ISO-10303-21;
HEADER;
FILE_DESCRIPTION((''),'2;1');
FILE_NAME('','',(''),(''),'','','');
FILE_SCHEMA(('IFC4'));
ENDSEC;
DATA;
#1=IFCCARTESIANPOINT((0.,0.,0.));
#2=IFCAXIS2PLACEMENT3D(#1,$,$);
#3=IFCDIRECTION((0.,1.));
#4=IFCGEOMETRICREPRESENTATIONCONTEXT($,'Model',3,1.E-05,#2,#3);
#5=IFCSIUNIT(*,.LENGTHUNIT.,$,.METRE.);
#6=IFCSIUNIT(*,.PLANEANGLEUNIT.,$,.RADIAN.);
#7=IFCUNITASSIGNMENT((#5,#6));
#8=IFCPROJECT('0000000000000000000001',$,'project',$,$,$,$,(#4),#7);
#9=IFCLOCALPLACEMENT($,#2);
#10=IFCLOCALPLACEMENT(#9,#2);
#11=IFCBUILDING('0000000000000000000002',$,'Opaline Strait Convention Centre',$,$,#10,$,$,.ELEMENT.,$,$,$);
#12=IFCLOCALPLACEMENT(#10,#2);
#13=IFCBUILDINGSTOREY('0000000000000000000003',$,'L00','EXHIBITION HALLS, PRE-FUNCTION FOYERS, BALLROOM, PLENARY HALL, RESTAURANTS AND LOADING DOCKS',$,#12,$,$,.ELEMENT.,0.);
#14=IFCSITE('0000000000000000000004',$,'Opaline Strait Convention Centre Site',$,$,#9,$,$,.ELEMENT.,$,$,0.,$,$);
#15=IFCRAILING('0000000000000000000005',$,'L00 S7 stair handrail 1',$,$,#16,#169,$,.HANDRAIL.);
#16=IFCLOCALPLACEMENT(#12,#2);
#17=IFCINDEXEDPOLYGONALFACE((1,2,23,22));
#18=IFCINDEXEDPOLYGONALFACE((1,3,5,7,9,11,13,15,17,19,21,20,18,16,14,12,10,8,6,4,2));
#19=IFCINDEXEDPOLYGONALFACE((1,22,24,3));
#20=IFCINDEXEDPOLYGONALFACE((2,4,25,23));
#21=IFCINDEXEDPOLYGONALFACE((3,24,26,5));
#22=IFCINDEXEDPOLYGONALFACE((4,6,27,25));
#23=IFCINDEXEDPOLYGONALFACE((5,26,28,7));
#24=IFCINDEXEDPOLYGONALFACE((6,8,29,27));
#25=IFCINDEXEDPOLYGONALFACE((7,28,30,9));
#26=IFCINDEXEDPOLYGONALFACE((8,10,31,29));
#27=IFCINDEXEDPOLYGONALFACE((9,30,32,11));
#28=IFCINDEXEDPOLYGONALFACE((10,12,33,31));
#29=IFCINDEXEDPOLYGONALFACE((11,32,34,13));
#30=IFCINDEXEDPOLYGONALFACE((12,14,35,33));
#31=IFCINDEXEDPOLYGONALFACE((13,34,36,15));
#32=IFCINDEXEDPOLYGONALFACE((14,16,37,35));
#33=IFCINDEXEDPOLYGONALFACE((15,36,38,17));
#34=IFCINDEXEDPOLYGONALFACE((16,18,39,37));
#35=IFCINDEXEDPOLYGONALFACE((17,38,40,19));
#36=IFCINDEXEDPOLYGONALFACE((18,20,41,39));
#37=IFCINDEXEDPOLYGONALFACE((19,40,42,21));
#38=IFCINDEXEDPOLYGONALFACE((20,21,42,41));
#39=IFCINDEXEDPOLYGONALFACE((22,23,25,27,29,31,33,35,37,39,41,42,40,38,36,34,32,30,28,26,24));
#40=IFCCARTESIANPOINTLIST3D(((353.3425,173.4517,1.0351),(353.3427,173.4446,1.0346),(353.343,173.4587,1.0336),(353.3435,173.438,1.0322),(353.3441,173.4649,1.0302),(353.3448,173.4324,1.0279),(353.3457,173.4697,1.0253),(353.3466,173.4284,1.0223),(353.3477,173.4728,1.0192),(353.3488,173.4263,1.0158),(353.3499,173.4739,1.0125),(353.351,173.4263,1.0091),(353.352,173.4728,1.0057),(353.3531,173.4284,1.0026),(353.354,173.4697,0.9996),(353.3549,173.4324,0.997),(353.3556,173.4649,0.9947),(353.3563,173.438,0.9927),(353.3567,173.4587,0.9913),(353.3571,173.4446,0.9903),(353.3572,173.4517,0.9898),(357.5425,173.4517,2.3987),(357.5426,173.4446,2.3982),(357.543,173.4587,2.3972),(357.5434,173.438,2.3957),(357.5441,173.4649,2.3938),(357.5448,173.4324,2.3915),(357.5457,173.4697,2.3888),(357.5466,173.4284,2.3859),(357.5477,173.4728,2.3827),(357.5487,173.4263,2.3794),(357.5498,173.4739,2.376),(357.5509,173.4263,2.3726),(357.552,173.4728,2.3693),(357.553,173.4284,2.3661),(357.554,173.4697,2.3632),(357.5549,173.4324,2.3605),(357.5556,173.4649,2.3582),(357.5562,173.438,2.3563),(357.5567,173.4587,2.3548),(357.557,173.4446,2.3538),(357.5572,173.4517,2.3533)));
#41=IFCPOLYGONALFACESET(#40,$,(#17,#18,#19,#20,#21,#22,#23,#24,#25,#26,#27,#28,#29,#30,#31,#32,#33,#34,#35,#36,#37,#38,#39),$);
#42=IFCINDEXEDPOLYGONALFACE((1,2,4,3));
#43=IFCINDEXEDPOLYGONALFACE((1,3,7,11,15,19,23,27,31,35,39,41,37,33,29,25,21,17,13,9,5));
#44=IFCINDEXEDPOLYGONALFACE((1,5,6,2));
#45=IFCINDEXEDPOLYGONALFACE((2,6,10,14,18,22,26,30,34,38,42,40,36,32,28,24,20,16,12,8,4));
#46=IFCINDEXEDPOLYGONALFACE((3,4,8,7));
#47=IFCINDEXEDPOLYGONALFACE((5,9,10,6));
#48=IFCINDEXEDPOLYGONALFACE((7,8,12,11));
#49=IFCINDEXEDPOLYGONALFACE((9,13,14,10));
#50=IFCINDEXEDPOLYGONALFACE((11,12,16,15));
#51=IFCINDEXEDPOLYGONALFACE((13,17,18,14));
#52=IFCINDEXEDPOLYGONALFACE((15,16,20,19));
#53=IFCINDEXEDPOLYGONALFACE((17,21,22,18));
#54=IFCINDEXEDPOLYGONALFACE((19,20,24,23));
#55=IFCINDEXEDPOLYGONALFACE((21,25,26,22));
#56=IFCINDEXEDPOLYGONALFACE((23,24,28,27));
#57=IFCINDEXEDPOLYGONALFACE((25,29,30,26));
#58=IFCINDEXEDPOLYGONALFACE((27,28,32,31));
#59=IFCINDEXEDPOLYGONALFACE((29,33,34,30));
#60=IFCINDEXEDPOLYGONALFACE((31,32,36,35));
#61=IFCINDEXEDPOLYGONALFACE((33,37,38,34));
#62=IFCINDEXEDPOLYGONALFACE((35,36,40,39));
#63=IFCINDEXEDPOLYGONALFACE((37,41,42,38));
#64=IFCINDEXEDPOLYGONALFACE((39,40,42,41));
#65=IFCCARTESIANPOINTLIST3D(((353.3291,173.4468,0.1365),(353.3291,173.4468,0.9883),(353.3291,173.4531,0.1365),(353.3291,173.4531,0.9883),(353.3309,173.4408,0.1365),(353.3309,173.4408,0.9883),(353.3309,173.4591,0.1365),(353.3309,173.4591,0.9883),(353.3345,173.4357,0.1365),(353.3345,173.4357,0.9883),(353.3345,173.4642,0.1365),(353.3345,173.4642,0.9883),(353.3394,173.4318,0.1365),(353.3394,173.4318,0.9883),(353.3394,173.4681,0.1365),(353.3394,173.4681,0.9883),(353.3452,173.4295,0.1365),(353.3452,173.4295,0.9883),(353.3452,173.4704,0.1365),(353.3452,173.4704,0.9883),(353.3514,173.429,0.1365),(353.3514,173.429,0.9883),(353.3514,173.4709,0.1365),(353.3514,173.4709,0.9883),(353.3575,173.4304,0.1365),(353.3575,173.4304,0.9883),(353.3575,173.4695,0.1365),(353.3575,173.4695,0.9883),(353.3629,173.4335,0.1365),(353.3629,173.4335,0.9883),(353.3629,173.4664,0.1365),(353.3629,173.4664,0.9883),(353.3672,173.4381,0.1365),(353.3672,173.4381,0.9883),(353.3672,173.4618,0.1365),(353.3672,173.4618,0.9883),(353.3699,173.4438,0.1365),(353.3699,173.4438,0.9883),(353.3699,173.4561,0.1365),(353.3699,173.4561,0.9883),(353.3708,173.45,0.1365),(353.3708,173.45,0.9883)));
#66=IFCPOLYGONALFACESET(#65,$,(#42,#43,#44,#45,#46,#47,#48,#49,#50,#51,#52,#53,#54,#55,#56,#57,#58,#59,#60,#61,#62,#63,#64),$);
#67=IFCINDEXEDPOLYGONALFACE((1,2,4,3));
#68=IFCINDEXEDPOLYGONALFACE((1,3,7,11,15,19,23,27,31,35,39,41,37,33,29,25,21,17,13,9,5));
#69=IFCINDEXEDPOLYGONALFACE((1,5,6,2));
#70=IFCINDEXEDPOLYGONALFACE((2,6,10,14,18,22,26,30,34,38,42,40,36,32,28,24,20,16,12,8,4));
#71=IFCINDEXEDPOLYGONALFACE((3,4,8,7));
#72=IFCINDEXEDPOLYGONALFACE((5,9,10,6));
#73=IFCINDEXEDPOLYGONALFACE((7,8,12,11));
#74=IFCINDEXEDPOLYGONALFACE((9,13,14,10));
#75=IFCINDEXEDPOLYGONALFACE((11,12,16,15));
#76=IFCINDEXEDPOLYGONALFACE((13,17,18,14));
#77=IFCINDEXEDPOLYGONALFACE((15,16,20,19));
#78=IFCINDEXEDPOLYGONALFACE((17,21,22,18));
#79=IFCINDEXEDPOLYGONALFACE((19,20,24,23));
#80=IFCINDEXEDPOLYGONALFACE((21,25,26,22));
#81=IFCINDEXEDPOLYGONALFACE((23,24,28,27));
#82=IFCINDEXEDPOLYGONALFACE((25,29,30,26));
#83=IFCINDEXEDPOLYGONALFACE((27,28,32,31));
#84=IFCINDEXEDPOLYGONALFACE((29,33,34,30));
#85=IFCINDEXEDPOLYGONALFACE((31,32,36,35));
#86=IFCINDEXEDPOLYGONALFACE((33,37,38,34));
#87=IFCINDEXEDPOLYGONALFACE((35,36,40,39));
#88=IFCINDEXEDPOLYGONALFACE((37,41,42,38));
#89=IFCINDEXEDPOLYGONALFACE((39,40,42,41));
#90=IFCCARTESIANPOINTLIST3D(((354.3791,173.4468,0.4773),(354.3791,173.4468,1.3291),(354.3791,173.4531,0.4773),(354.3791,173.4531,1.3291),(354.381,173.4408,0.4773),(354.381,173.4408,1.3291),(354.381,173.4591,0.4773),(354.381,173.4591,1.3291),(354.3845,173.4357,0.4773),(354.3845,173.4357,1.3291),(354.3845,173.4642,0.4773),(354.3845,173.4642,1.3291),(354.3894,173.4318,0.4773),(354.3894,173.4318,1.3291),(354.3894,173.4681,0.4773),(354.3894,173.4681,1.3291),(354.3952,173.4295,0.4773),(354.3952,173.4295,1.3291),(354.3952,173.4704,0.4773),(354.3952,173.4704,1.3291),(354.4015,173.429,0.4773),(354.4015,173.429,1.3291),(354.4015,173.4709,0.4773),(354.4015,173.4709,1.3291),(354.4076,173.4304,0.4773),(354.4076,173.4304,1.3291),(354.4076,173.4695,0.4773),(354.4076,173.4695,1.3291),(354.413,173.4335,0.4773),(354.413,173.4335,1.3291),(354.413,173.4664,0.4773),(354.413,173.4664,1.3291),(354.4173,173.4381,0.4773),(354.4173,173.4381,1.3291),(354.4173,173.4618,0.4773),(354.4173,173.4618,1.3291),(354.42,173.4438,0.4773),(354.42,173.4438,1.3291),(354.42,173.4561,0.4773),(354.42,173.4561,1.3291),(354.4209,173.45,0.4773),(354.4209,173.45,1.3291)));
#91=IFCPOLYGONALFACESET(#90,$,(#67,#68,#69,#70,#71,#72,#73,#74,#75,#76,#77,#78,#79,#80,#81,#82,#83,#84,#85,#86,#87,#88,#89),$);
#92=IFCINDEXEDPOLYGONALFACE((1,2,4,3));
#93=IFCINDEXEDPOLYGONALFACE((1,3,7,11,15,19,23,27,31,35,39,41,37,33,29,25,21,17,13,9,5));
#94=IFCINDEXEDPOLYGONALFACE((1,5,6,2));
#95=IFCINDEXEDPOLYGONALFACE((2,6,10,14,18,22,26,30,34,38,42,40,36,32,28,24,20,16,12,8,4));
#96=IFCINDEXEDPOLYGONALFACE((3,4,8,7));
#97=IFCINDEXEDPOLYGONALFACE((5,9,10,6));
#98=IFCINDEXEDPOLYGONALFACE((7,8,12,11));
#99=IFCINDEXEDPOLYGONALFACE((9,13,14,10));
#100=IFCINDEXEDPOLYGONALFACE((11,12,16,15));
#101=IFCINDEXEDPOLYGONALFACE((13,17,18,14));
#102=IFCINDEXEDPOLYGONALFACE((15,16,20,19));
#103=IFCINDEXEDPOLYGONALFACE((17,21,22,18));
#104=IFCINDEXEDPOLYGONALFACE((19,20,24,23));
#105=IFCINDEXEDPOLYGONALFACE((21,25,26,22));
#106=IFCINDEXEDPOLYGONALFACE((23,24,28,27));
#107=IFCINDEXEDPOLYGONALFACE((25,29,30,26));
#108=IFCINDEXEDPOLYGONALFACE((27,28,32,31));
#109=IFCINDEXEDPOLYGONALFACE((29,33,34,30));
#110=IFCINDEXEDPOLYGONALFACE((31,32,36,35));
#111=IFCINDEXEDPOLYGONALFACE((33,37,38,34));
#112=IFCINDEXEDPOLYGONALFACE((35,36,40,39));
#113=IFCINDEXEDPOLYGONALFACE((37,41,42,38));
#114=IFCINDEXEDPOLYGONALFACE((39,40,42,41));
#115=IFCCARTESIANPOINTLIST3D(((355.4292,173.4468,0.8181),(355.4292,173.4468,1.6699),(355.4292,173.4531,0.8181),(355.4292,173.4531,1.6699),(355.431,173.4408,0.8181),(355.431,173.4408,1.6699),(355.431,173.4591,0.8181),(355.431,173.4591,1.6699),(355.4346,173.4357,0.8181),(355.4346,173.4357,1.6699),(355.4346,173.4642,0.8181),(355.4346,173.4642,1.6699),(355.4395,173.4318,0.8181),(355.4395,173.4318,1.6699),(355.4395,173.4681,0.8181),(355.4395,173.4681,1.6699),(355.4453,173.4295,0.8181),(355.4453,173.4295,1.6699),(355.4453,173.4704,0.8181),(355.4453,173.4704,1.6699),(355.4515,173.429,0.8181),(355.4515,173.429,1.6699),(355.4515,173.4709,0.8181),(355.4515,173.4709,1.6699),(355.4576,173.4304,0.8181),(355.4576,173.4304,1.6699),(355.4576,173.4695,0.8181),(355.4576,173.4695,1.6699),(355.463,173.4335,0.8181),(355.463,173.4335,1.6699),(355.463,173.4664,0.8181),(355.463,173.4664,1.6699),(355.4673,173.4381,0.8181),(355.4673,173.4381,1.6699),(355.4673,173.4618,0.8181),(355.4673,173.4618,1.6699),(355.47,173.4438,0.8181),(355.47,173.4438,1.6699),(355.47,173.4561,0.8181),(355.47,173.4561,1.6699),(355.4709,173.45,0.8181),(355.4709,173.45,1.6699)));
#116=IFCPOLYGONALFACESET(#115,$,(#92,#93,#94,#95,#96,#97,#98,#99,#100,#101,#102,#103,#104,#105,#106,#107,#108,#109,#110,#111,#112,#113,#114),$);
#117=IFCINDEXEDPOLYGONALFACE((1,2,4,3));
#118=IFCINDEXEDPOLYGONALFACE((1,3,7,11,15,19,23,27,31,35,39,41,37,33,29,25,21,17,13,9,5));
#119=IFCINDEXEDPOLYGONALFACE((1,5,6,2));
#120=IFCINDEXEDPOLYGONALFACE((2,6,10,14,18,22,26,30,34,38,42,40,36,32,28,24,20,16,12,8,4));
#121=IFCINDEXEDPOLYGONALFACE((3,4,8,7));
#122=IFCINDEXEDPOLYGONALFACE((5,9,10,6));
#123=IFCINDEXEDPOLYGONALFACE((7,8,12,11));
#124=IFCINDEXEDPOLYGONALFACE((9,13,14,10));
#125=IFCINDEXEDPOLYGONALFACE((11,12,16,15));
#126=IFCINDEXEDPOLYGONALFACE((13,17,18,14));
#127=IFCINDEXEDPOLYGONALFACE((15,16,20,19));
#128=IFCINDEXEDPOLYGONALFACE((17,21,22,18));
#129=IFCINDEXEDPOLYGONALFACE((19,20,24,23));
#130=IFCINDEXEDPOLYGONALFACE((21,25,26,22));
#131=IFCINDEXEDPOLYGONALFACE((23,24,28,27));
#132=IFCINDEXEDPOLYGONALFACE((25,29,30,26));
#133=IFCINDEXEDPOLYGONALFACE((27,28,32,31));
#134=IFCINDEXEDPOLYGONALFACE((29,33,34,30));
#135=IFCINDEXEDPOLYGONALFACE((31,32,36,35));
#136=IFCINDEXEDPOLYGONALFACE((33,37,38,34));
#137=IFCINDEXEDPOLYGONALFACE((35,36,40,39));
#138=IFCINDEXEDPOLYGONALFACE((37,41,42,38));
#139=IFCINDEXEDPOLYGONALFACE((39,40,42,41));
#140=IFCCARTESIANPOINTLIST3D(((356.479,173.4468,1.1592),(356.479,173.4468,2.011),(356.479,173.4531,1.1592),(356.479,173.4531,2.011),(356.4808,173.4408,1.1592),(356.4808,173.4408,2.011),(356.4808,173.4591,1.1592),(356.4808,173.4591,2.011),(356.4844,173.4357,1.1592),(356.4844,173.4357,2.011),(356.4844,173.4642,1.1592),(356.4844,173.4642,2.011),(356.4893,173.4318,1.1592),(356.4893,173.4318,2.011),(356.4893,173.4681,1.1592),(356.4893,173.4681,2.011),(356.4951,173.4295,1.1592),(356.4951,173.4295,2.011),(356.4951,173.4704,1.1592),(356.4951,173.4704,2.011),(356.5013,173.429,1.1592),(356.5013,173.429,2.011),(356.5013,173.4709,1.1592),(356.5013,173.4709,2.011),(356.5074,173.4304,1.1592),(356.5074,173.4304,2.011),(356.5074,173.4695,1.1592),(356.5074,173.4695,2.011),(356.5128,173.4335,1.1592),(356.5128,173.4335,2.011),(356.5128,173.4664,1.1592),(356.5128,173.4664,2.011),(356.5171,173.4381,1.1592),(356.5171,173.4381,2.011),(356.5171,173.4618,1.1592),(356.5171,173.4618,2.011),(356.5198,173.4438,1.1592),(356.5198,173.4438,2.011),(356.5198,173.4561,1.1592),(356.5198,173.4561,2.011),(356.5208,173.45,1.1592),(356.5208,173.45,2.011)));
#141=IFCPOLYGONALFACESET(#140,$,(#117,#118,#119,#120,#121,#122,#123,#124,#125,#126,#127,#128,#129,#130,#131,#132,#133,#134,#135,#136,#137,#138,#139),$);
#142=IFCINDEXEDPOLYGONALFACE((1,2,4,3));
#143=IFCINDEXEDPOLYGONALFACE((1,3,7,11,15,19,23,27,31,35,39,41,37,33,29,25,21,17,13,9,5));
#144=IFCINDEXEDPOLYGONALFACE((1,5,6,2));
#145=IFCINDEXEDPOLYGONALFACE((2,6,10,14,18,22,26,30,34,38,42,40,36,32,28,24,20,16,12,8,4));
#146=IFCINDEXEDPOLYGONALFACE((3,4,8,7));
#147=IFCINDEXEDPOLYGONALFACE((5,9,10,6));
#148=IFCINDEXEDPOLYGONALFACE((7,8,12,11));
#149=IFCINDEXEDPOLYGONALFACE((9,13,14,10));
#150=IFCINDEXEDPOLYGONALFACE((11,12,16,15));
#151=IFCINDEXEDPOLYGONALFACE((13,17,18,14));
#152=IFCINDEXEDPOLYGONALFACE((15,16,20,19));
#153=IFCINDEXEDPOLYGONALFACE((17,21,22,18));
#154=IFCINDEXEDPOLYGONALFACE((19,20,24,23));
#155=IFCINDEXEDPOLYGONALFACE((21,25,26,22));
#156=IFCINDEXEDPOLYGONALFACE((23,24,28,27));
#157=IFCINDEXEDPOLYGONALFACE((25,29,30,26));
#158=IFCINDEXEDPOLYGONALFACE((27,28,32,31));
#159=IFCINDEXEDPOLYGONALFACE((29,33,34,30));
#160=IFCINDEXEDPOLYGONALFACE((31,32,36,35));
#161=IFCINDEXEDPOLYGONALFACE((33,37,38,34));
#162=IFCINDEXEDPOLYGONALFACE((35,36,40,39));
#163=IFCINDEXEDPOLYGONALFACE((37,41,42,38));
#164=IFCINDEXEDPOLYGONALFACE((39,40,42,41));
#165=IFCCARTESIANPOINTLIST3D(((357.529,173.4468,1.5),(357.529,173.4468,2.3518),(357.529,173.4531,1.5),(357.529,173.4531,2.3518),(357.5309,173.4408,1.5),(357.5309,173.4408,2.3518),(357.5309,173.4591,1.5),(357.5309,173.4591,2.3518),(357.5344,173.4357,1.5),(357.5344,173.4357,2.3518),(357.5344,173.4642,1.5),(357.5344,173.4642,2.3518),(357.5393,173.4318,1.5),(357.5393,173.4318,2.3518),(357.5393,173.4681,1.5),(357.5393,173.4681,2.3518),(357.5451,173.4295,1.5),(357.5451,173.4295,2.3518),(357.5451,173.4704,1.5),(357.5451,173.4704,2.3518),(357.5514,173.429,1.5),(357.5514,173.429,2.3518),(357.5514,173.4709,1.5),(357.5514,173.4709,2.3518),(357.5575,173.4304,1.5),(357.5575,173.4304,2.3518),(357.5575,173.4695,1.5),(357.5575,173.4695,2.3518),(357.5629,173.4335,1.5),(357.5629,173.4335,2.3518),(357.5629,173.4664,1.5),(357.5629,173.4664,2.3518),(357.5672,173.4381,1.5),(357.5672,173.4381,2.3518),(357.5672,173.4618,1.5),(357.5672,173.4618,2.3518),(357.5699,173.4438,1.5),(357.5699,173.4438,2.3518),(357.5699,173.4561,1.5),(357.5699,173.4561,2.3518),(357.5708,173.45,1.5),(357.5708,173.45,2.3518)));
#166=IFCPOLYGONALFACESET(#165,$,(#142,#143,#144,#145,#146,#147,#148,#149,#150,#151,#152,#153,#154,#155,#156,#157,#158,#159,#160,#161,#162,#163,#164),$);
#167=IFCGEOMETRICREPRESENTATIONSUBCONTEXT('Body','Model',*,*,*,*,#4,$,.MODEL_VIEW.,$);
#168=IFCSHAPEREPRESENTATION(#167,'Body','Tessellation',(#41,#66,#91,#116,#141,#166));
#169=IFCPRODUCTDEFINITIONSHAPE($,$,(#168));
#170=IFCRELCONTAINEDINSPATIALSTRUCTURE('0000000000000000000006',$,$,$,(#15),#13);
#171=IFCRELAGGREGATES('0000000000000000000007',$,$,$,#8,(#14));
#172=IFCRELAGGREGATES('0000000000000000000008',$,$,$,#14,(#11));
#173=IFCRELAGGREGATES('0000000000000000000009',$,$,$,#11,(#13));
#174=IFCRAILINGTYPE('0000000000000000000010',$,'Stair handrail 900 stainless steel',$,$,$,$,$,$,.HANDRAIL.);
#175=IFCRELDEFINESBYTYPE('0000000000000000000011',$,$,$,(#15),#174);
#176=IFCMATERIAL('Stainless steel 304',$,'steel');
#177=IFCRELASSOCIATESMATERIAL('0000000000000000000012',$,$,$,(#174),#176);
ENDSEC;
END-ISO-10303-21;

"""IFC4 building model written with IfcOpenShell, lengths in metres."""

from ifc_helpers import new_model, si_unit, direction, frame, origin, origin_2d, place, context, subcontext, project, spatial, circle, extrude, material, type_object, element, save


model = new_model("IFC4")

# Units and contexts
model_context = context("Model", 3, precision=1e-05, world=origin(), true_north=direction((0.0, 1.0)))
body_context = subcontext(model_context, "Body", "Model", "MODEL_VIEW")
ifc_project = project(units=[si_unit("LENGTHUNIT", "METRE"), si_unit("PLANEANGLEUNIT", "RADIAN")], contexts=[model_context])

# Site, building, storey
site_placement = place(None, origin())
site = spatial("IfcSite", under=ifc_project, at=site_placement, Name="Opaline Strait Convention Centre Site", CompositionType="ELEMENT", RefElevation=0.0)
building_placement = place(site_placement, origin())
building = spatial("IfcBuilding", under=site, at=building_placement, Name="Opaline Strait Convention Centre", CompositionType="ELEMENT")
storey_placement = place(building_placement, origin())
storey = spatial("IfcBuildingStorey", under=building, at=storey_placement, Name="L00", Description="EXHIBITION HALLS, PRE-FUNCTION FOYERS, BALLROOM, PLENARY HALL, RESTAURANTS AND LOADING DOCKS", CompositionType="ELEMENT", Elevation=0.0)

# Railing
ifc_material_1 = material(Name="Stainless steel 304", Category="steel")
railing_type_1 = type_object("IfcRailingType", Name="Stair handrail 900 stainless steel", PredefinedType="HANDRAIL", material=ifc_material_1)
railing_1_placement = place(storey_placement, frame((353.3499, 173.45, 0.1365)))
element("IfcRailing", 1, at=railing_1_placement, inside=storey, type_object=railing_type_1, Name="L00 S7 stair handrail 1", PredefinedType="HANDRAIL", context=body_context, shape_type="SweptSolid", body=[
    extrude(circle(Radius=0.0239, at=origin_2d()), frame((0.0, 0.0, 0.876), z_axis=(0.951131, 0.0, 0.308787), x_axis=(0.0, 1.0, 0.0)), (0.0, 0.0, 1.0), 4.4158),
    extrude(circle(Radius=0.021, at=origin_2d()), origin(), (0.0, 0.0, 1.0), 0.8518),
    extrude(circle(Radius=0.021, at=origin_2d()), frame((1.05, 0.0, 0.3408)), (0.0, 0.0, 1.0), 0.8518),
    extrude(circle(Radius=0.021, at=origin_2d()), frame((2.1001, 0.0, 0.6816)), (0.0, 0.0, 1.0), 0.8518),
    extrude(circle(Radius=0.021, at=origin_2d()), frame((3.1499, 0.0, 1.0227)), (0.0, 0.0, 1.0), 0.8518),
    extrude(circle(Radius=0.021, at=origin_2d()), frame((4.2, 0.0, 1.3635)), (0.0, 0.0, 1.0), 0.8518),
])

save(model, "model.ifc")
